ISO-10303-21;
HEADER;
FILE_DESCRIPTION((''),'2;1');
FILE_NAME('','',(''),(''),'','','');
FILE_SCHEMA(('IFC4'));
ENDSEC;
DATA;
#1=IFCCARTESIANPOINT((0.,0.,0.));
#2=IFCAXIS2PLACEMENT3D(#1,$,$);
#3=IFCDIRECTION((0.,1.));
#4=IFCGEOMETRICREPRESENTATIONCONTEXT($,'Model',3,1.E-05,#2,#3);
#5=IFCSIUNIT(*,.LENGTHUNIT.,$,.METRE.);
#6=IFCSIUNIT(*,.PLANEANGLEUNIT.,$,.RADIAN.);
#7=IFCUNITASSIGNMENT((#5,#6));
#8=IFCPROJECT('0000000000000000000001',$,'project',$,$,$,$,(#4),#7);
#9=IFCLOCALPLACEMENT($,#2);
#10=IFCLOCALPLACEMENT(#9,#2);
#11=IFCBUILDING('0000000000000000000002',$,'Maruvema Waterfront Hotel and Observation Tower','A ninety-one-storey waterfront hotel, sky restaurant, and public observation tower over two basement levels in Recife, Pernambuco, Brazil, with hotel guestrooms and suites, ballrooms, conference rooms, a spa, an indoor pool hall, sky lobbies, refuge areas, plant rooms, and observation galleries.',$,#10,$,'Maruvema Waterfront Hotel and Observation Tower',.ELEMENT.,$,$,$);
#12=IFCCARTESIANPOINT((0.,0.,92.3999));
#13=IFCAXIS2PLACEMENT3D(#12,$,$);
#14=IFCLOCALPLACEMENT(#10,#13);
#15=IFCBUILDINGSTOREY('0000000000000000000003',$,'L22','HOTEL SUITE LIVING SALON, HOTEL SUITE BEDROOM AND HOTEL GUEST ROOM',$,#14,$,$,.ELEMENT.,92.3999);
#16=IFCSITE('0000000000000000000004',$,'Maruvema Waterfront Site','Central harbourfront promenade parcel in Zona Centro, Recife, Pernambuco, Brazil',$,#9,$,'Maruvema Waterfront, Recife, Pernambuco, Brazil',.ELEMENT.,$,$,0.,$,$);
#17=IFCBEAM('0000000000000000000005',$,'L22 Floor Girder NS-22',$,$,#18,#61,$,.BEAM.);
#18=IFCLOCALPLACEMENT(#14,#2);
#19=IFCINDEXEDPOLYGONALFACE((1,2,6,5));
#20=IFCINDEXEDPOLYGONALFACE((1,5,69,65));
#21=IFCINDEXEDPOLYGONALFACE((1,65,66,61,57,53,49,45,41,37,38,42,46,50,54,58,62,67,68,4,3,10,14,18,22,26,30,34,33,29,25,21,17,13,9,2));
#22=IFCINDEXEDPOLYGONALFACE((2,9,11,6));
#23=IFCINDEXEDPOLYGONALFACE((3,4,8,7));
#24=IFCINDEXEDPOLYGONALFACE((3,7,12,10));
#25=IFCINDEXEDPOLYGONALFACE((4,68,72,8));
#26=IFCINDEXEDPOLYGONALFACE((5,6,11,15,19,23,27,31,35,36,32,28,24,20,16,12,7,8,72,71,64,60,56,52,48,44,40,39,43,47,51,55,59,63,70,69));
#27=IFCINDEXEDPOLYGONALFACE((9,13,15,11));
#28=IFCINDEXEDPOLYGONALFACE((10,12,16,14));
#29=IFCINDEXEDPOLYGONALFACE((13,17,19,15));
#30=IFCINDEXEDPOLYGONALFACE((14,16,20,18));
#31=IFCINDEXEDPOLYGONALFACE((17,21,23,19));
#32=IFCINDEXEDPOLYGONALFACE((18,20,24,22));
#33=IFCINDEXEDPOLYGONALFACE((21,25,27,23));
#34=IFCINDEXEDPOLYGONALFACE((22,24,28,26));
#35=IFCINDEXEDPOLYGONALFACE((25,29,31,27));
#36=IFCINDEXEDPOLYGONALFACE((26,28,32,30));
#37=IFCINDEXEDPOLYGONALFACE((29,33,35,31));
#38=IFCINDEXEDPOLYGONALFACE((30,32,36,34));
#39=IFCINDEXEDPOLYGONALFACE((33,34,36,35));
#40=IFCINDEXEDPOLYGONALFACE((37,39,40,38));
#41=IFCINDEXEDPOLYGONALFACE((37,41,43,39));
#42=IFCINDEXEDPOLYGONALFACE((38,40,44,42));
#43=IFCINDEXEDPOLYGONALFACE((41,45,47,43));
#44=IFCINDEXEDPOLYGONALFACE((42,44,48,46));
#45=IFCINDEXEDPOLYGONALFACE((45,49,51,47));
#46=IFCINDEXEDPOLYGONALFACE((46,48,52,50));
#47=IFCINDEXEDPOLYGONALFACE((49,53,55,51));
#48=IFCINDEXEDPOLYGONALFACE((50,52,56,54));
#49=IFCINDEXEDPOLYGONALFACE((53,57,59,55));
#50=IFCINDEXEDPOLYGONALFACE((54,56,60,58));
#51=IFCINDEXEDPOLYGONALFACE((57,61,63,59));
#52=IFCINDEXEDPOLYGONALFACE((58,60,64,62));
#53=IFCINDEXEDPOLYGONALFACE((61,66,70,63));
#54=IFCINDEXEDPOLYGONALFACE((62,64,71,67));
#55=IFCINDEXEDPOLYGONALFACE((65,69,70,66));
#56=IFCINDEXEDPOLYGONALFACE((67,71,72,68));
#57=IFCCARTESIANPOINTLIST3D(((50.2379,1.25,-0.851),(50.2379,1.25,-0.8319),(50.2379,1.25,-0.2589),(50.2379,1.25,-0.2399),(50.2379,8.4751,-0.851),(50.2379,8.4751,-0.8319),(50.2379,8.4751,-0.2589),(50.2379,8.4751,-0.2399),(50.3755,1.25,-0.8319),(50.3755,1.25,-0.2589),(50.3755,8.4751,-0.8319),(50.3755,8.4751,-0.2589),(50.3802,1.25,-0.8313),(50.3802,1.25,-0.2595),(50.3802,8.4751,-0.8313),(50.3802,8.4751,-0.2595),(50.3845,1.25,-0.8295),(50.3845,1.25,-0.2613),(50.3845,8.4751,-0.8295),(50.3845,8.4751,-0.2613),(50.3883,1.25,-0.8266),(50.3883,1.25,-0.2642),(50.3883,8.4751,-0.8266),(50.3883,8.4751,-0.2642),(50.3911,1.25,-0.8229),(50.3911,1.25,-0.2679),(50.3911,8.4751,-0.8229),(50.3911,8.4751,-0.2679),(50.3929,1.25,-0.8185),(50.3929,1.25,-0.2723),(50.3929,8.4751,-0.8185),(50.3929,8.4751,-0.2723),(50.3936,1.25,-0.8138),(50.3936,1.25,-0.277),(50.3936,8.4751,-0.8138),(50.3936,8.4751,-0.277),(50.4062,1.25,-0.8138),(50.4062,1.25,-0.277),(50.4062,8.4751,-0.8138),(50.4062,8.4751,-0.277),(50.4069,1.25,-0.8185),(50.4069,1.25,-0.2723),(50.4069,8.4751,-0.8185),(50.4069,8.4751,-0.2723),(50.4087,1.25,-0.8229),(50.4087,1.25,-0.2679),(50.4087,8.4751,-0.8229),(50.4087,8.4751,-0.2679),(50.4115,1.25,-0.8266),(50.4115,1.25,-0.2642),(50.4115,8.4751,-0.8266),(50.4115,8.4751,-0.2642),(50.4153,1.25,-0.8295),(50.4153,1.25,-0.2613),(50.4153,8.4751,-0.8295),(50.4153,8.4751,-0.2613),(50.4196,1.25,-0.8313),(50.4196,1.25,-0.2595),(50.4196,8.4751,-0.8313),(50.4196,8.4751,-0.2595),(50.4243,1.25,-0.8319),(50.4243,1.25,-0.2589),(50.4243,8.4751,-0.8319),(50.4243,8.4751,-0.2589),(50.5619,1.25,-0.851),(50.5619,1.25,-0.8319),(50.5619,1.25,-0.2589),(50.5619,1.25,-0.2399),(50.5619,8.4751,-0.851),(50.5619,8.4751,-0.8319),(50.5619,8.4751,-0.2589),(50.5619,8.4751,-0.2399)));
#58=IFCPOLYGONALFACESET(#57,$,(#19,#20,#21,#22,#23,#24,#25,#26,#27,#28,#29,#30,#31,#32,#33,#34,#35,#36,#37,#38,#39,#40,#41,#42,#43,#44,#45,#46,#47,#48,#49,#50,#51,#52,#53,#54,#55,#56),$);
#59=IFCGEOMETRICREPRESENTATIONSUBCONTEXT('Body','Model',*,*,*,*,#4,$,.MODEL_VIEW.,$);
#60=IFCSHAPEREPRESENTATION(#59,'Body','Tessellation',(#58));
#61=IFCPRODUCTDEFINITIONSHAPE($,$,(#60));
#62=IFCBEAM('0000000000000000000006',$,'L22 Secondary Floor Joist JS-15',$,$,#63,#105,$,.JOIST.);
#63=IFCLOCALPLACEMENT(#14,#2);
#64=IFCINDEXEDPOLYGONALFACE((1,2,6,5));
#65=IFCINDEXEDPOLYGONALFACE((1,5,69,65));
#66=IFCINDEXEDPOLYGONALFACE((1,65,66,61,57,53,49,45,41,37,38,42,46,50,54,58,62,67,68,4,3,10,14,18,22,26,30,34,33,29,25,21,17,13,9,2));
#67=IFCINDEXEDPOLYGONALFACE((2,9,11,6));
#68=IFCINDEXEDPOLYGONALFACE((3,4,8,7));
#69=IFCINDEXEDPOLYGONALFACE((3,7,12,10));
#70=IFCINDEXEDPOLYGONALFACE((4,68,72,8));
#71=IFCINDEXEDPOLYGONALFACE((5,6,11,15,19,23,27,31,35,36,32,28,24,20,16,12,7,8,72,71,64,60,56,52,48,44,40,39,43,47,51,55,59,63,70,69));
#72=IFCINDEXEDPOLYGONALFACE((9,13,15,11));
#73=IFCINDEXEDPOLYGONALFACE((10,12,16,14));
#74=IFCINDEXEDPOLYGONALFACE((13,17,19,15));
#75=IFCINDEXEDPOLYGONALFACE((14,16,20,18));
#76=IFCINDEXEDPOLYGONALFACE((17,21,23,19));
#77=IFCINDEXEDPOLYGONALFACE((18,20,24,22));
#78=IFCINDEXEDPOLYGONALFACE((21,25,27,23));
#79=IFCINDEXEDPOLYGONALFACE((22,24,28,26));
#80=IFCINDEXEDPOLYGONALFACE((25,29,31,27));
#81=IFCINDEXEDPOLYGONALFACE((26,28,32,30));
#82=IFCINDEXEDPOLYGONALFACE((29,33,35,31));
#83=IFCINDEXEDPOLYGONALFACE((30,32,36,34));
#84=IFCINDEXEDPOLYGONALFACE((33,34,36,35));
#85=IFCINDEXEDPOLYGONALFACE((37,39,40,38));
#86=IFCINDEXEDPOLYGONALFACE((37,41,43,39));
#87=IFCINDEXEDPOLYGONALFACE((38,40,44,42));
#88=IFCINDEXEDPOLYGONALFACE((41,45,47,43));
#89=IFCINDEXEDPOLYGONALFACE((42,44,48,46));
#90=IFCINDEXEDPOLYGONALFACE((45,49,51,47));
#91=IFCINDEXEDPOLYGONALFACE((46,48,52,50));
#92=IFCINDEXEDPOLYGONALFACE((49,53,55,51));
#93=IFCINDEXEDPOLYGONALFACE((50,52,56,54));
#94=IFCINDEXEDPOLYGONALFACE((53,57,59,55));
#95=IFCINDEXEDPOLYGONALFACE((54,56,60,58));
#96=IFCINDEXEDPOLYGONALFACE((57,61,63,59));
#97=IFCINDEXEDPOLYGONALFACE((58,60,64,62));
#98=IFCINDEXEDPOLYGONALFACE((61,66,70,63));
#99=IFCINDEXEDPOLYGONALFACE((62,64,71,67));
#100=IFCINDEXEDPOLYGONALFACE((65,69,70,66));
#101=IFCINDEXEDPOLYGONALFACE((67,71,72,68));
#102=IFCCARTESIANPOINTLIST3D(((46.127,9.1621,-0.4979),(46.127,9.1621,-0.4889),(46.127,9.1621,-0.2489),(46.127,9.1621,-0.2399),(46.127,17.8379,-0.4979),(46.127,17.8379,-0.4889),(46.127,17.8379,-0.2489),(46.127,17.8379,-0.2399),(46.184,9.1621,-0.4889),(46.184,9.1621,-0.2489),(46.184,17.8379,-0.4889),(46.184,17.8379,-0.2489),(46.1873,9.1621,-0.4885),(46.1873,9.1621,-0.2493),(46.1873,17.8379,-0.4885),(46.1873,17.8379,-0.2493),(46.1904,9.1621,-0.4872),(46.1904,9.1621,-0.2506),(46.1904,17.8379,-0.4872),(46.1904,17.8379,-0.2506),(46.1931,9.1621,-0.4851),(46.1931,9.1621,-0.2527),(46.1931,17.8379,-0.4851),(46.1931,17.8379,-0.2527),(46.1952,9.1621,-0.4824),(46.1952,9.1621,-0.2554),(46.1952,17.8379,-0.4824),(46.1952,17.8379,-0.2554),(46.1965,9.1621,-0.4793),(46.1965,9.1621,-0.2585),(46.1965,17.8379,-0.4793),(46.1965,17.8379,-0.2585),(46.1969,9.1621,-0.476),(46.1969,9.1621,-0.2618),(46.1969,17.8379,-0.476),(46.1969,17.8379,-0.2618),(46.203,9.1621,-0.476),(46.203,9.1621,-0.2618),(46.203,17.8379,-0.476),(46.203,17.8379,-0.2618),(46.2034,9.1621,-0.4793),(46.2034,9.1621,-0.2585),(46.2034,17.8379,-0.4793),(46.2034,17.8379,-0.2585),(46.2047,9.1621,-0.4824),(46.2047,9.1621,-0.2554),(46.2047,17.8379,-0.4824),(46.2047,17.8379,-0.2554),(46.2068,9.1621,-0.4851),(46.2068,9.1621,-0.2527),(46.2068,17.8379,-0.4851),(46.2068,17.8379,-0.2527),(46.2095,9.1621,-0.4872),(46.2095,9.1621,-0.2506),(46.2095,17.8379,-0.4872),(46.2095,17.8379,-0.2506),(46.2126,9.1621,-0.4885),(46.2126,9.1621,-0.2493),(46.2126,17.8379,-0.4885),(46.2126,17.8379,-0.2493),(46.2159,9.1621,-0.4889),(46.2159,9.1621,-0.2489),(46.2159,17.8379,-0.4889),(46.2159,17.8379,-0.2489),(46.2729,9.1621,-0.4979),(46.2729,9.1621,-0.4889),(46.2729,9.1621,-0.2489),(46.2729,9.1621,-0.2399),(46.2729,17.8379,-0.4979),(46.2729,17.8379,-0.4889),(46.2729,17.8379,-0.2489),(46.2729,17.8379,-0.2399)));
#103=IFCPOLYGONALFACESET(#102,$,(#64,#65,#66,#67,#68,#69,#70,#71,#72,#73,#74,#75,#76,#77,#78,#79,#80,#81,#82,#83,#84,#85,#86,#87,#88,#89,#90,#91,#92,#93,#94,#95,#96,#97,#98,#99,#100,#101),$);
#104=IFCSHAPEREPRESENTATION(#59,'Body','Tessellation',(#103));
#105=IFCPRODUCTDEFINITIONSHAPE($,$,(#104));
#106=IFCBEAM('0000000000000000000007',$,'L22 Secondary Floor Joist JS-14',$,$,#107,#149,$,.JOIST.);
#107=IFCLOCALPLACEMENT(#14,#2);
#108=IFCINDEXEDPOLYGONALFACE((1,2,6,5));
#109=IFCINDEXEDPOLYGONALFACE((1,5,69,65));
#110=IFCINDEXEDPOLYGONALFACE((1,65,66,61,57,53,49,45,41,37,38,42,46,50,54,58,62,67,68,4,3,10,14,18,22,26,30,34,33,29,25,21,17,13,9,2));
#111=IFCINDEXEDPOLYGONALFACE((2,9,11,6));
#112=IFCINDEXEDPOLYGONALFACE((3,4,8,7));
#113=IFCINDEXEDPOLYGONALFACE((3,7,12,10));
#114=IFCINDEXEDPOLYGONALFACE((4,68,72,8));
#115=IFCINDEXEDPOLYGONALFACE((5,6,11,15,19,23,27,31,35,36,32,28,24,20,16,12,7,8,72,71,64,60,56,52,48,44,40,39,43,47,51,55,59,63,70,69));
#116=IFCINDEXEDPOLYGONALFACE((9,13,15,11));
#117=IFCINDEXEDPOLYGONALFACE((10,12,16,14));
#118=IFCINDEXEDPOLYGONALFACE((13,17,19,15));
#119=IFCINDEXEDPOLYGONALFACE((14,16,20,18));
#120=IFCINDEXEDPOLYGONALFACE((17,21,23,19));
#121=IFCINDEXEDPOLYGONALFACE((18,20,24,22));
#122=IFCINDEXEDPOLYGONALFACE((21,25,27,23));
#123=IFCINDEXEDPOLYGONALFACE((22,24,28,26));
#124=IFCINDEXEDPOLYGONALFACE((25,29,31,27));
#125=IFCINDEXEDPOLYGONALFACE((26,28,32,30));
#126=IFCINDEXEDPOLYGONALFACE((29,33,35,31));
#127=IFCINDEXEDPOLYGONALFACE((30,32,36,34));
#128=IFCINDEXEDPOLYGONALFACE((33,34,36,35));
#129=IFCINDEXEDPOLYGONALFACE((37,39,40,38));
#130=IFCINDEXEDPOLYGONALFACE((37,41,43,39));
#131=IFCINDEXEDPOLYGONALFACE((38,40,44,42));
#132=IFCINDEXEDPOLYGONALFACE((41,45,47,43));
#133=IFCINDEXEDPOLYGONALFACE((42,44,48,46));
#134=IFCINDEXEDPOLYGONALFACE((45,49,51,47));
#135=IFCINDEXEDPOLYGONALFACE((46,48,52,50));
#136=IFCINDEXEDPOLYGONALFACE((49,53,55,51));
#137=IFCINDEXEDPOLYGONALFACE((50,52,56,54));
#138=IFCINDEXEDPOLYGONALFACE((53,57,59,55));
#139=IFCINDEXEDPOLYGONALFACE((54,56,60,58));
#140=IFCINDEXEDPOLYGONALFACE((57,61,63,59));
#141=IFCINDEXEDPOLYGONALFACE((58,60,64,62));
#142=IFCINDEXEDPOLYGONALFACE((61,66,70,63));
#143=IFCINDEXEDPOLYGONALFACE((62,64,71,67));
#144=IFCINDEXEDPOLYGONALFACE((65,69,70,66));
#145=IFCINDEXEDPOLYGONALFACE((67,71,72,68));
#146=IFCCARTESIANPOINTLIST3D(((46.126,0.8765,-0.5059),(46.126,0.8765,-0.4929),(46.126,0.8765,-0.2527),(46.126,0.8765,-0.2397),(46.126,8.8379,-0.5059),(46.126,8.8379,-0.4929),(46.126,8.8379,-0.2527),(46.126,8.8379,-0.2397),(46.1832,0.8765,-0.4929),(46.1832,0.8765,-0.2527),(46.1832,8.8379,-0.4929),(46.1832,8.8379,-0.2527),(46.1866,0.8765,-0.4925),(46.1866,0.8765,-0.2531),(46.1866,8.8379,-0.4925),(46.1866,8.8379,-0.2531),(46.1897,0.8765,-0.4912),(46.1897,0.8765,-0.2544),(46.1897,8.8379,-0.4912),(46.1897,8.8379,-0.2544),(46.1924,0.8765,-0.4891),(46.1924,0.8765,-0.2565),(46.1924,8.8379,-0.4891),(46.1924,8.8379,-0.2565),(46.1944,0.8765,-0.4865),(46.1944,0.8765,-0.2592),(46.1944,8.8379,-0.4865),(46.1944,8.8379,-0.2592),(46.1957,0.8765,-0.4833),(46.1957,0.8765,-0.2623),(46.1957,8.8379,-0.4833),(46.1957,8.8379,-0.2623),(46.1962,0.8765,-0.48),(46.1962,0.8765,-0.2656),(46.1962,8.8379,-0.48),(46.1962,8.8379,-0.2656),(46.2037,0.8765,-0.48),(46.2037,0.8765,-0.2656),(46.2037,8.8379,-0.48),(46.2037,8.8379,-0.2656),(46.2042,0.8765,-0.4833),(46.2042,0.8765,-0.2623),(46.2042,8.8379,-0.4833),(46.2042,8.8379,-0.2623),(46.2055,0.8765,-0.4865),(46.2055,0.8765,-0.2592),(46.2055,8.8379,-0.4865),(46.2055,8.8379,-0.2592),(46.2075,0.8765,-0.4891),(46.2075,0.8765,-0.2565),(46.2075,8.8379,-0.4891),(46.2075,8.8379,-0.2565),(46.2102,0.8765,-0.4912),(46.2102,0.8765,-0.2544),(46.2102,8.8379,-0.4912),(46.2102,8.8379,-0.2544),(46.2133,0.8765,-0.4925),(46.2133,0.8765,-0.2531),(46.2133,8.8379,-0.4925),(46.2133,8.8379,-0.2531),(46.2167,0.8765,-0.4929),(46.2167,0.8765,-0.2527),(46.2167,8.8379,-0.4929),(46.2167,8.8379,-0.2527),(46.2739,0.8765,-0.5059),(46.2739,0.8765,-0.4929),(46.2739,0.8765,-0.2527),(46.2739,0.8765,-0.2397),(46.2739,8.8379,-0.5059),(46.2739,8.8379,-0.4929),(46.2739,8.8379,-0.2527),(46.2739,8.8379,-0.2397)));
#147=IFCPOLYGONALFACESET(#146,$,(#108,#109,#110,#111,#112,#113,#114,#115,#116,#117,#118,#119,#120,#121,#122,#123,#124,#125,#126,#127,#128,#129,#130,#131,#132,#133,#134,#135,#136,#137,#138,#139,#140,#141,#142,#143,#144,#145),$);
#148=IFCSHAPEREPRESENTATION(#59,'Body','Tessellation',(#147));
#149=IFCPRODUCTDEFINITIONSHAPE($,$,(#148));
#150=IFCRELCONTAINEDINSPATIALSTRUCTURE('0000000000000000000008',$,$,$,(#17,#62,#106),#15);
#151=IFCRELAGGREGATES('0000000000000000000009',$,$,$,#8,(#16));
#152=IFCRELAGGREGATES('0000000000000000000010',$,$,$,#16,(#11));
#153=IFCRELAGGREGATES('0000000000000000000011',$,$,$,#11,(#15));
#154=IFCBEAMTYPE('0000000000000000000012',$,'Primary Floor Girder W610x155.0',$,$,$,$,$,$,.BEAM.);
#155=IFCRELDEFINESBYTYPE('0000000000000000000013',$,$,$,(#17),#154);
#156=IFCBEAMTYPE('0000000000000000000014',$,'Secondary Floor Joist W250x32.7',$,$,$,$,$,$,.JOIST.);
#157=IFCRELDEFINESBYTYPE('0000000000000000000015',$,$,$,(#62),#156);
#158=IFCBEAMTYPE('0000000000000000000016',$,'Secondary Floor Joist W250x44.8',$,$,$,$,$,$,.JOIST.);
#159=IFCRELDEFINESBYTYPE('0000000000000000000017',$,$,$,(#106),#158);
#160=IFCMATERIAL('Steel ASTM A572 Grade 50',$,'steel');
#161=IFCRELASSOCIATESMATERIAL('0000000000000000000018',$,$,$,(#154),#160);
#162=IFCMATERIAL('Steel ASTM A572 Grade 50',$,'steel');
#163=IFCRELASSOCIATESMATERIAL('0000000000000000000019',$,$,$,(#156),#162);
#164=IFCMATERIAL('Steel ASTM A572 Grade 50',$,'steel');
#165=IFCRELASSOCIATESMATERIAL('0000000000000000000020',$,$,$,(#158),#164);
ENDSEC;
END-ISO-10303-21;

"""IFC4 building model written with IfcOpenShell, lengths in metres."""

from ifc_helpers import new_model, si_unit, direction, frame, origin, origin_2d, place, context, subcontext, project, spatial, i_section, extrude, material, material_profile, profile_set, type_object, element, save


model = new_model("IFC4")

# Units and contexts
model_context = context("Model", 3, precision=1e-05, world=origin(), true_north=direction((0.0, 1.0)))
body_context = subcontext(model_context, "Body", "Model", "MODEL_VIEW")
ifc_project = project(units=[si_unit("LENGTHUNIT", "METRE"), si_unit("PLANEANGLEUNIT", "RADIAN")], contexts=[model_context])

# Site, building, storey
site_placement = place(None, origin())
site = spatial("IfcSite", under=ifc_project, at=site_placement, Name="Maruvema Waterfront Site", Description="Central harbourfront promenade parcel in Zona Centro, Recife, Pernambuco, Brazil", LongName="Maruvema Waterfront, Recife, Pernambuco, Brazil", CompositionType="ELEMENT", RefElevation=0.0)
building_placement = place(site_placement, origin())
building = spatial("IfcBuilding", under=site, at=building_placement, Name="Maruvema Waterfront Hotel and Observation Tower", Description="A ninety-one-storey waterfront hotel, sky restaurant, and public observation tower over two basement levels in Recife, Pernambuco, Brazil, with hotel guestrooms and suites, ballrooms, conference rooms, a spa, an indoor pool hall, sky lobbies, refuge areas, plant rooms, and observation galleries.", LongName="Maruvema Waterfront Hotel and Observation Tower", CompositionType="ELEMENT")
storey_placement = place(building_placement, frame((0.0, 0.0, 92.3999)))
storey = spatial("IfcBuildingStorey", under=building, at=storey_placement, Name="L22", Description="HOTEL SUITE LIVING SALON, HOTEL SUITE BEDROOM AND HOTEL GUEST ROOM", CompositionType="ELEMENT", Elevation=92.3999)

# Beams
ifc_material_1 = material(Name="Steel ASTM A572 Grade 50", Category="steel")
ifc_material_profile_1 = material_profile(ifc_material_1, i_section(OverallWidth=0.324, OverallDepth=0.6111, WebThickness=0.0127, FlangeThickness=0.019, FilletRadius=0.0181, at=origin_2d()), Name="W610x155.0")
ifc_profile_set_1 = profile_set([ifc_material_profile_1], Name="Steel ASTM A572 Grade 50")
beam_type_1 = type_object("IfcBeamType", Name="Primary Floor Girder W610x155.0", PredefinedType="BEAM", material=ifc_profile_set_1)
beam_1_placement = place(storey_placement, frame((50.3999, 1.25, -0.5454), z_axis=(0.0, 1.0, 0.0), x_axis=(-1.0, 0.0, 0.0)))
element("IfcBeam", 1, at=beam_1_placement, inside=storey, type_object=beam_type_1, Name="L22 Floor Girder NS-22", PredefinedType="BEAM", context=body_context, shape_type="SweptSolid", body=[
    extrude(i_section(OverallWidth=0.324, OverallDepth=0.6111, WebThickness=0.0127, FlangeThickness=0.019, FilletRadius=0.0181, at=origin_2d()), origin(), (0.0, 0.0, 1.0), 7.2251),
])
ifc_material_2 = material(Name="Steel ASTM A572 Grade 50", Category="steel")
ifc_material_profile_2 = material_profile(ifc_material_2, i_section(OverallWidth=0.146, OverallDepth=0.2581, WebThickness=0.0061, FlangeThickness=0.009, FilletRadius=0.0129, at=origin_2d()), Name="W250x32.7")
ifc_profile_set_2 = profile_set([ifc_material_profile_2], Name="Steel ASTM A572 Grade 50")
beam_type_2 = type_object("IfcBeamType", Name="Secondary Floor Joist W250x32.7", PredefinedType="JOIST", material=ifc_profile_set_2)
beam_2_placement = place(storey_placement, frame((46.2, 9.1621, -0.3689), z_axis=(0.0, 1.0, 0.0), x_axis=(-1.0, 0.0, 0.0)))
element("IfcBeam", 2, at=beam_2_placement, inside=storey, type_object=beam_type_2, Name="L22 Secondary Floor Joist JS-15", PredefinedType="JOIST", context=body_context, shape_type="SweptSolid", body=[
    extrude(i_section(OverallWidth=0.146, OverallDepth=0.2581, WebThickness=0.0061, FlangeThickness=0.009, FilletRadius=0.0129, at=origin_2d()), origin(), (0.0, 0.0, 1.0), 8.6758),
])
ifc_material_3 = material(Name="Steel ASTM A572 Grade 50", Category="steel")
ifc_material_profile_3 = material_profile(ifc_material_3, i_section(OverallWidth=0.1479, OverallDepth=0.2661, WebThickness=0.0076, FlangeThickness=0.0129, FilletRadius=0.0129, at=origin_2d()), Name="W250x44.8")
ifc_profile_set_3 = profile_set([ifc_material_profile_3], Name="Steel ASTM A572 Grade 50")
beam_type_3 = type_object("IfcBeamType", Name="Secondary Floor Joist W250x44.8", PredefinedType="JOIST", material=ifc_profile_set_3)
beam_3_placement = place(storey_placement, frame((46.2, 0.8765, -0.3728), z_axis=(0.0, 1.0, 0.0), x_axis=(-1.0, 0.0, 0.0)))
element("IfcBeam", 3, at=beam_3_placement, inside=storey, type_object=beam_type_3, Name="L22 Secondary Floor Joist JS-14", PredefinedType="JOIST", context=body_context, shape_type="SweptSolid", body=[
    extrude(i_section(OverallWidth=0.1479, OverallDepth=0.2661, WebThickness=0.0076, FlangeThickness=0.0129, FilletRadius=0.0129, at=origin_2d()), origin(), (0.0, 0.0, 1.0), 7.9614),
])

save(model, "model.ifc")
